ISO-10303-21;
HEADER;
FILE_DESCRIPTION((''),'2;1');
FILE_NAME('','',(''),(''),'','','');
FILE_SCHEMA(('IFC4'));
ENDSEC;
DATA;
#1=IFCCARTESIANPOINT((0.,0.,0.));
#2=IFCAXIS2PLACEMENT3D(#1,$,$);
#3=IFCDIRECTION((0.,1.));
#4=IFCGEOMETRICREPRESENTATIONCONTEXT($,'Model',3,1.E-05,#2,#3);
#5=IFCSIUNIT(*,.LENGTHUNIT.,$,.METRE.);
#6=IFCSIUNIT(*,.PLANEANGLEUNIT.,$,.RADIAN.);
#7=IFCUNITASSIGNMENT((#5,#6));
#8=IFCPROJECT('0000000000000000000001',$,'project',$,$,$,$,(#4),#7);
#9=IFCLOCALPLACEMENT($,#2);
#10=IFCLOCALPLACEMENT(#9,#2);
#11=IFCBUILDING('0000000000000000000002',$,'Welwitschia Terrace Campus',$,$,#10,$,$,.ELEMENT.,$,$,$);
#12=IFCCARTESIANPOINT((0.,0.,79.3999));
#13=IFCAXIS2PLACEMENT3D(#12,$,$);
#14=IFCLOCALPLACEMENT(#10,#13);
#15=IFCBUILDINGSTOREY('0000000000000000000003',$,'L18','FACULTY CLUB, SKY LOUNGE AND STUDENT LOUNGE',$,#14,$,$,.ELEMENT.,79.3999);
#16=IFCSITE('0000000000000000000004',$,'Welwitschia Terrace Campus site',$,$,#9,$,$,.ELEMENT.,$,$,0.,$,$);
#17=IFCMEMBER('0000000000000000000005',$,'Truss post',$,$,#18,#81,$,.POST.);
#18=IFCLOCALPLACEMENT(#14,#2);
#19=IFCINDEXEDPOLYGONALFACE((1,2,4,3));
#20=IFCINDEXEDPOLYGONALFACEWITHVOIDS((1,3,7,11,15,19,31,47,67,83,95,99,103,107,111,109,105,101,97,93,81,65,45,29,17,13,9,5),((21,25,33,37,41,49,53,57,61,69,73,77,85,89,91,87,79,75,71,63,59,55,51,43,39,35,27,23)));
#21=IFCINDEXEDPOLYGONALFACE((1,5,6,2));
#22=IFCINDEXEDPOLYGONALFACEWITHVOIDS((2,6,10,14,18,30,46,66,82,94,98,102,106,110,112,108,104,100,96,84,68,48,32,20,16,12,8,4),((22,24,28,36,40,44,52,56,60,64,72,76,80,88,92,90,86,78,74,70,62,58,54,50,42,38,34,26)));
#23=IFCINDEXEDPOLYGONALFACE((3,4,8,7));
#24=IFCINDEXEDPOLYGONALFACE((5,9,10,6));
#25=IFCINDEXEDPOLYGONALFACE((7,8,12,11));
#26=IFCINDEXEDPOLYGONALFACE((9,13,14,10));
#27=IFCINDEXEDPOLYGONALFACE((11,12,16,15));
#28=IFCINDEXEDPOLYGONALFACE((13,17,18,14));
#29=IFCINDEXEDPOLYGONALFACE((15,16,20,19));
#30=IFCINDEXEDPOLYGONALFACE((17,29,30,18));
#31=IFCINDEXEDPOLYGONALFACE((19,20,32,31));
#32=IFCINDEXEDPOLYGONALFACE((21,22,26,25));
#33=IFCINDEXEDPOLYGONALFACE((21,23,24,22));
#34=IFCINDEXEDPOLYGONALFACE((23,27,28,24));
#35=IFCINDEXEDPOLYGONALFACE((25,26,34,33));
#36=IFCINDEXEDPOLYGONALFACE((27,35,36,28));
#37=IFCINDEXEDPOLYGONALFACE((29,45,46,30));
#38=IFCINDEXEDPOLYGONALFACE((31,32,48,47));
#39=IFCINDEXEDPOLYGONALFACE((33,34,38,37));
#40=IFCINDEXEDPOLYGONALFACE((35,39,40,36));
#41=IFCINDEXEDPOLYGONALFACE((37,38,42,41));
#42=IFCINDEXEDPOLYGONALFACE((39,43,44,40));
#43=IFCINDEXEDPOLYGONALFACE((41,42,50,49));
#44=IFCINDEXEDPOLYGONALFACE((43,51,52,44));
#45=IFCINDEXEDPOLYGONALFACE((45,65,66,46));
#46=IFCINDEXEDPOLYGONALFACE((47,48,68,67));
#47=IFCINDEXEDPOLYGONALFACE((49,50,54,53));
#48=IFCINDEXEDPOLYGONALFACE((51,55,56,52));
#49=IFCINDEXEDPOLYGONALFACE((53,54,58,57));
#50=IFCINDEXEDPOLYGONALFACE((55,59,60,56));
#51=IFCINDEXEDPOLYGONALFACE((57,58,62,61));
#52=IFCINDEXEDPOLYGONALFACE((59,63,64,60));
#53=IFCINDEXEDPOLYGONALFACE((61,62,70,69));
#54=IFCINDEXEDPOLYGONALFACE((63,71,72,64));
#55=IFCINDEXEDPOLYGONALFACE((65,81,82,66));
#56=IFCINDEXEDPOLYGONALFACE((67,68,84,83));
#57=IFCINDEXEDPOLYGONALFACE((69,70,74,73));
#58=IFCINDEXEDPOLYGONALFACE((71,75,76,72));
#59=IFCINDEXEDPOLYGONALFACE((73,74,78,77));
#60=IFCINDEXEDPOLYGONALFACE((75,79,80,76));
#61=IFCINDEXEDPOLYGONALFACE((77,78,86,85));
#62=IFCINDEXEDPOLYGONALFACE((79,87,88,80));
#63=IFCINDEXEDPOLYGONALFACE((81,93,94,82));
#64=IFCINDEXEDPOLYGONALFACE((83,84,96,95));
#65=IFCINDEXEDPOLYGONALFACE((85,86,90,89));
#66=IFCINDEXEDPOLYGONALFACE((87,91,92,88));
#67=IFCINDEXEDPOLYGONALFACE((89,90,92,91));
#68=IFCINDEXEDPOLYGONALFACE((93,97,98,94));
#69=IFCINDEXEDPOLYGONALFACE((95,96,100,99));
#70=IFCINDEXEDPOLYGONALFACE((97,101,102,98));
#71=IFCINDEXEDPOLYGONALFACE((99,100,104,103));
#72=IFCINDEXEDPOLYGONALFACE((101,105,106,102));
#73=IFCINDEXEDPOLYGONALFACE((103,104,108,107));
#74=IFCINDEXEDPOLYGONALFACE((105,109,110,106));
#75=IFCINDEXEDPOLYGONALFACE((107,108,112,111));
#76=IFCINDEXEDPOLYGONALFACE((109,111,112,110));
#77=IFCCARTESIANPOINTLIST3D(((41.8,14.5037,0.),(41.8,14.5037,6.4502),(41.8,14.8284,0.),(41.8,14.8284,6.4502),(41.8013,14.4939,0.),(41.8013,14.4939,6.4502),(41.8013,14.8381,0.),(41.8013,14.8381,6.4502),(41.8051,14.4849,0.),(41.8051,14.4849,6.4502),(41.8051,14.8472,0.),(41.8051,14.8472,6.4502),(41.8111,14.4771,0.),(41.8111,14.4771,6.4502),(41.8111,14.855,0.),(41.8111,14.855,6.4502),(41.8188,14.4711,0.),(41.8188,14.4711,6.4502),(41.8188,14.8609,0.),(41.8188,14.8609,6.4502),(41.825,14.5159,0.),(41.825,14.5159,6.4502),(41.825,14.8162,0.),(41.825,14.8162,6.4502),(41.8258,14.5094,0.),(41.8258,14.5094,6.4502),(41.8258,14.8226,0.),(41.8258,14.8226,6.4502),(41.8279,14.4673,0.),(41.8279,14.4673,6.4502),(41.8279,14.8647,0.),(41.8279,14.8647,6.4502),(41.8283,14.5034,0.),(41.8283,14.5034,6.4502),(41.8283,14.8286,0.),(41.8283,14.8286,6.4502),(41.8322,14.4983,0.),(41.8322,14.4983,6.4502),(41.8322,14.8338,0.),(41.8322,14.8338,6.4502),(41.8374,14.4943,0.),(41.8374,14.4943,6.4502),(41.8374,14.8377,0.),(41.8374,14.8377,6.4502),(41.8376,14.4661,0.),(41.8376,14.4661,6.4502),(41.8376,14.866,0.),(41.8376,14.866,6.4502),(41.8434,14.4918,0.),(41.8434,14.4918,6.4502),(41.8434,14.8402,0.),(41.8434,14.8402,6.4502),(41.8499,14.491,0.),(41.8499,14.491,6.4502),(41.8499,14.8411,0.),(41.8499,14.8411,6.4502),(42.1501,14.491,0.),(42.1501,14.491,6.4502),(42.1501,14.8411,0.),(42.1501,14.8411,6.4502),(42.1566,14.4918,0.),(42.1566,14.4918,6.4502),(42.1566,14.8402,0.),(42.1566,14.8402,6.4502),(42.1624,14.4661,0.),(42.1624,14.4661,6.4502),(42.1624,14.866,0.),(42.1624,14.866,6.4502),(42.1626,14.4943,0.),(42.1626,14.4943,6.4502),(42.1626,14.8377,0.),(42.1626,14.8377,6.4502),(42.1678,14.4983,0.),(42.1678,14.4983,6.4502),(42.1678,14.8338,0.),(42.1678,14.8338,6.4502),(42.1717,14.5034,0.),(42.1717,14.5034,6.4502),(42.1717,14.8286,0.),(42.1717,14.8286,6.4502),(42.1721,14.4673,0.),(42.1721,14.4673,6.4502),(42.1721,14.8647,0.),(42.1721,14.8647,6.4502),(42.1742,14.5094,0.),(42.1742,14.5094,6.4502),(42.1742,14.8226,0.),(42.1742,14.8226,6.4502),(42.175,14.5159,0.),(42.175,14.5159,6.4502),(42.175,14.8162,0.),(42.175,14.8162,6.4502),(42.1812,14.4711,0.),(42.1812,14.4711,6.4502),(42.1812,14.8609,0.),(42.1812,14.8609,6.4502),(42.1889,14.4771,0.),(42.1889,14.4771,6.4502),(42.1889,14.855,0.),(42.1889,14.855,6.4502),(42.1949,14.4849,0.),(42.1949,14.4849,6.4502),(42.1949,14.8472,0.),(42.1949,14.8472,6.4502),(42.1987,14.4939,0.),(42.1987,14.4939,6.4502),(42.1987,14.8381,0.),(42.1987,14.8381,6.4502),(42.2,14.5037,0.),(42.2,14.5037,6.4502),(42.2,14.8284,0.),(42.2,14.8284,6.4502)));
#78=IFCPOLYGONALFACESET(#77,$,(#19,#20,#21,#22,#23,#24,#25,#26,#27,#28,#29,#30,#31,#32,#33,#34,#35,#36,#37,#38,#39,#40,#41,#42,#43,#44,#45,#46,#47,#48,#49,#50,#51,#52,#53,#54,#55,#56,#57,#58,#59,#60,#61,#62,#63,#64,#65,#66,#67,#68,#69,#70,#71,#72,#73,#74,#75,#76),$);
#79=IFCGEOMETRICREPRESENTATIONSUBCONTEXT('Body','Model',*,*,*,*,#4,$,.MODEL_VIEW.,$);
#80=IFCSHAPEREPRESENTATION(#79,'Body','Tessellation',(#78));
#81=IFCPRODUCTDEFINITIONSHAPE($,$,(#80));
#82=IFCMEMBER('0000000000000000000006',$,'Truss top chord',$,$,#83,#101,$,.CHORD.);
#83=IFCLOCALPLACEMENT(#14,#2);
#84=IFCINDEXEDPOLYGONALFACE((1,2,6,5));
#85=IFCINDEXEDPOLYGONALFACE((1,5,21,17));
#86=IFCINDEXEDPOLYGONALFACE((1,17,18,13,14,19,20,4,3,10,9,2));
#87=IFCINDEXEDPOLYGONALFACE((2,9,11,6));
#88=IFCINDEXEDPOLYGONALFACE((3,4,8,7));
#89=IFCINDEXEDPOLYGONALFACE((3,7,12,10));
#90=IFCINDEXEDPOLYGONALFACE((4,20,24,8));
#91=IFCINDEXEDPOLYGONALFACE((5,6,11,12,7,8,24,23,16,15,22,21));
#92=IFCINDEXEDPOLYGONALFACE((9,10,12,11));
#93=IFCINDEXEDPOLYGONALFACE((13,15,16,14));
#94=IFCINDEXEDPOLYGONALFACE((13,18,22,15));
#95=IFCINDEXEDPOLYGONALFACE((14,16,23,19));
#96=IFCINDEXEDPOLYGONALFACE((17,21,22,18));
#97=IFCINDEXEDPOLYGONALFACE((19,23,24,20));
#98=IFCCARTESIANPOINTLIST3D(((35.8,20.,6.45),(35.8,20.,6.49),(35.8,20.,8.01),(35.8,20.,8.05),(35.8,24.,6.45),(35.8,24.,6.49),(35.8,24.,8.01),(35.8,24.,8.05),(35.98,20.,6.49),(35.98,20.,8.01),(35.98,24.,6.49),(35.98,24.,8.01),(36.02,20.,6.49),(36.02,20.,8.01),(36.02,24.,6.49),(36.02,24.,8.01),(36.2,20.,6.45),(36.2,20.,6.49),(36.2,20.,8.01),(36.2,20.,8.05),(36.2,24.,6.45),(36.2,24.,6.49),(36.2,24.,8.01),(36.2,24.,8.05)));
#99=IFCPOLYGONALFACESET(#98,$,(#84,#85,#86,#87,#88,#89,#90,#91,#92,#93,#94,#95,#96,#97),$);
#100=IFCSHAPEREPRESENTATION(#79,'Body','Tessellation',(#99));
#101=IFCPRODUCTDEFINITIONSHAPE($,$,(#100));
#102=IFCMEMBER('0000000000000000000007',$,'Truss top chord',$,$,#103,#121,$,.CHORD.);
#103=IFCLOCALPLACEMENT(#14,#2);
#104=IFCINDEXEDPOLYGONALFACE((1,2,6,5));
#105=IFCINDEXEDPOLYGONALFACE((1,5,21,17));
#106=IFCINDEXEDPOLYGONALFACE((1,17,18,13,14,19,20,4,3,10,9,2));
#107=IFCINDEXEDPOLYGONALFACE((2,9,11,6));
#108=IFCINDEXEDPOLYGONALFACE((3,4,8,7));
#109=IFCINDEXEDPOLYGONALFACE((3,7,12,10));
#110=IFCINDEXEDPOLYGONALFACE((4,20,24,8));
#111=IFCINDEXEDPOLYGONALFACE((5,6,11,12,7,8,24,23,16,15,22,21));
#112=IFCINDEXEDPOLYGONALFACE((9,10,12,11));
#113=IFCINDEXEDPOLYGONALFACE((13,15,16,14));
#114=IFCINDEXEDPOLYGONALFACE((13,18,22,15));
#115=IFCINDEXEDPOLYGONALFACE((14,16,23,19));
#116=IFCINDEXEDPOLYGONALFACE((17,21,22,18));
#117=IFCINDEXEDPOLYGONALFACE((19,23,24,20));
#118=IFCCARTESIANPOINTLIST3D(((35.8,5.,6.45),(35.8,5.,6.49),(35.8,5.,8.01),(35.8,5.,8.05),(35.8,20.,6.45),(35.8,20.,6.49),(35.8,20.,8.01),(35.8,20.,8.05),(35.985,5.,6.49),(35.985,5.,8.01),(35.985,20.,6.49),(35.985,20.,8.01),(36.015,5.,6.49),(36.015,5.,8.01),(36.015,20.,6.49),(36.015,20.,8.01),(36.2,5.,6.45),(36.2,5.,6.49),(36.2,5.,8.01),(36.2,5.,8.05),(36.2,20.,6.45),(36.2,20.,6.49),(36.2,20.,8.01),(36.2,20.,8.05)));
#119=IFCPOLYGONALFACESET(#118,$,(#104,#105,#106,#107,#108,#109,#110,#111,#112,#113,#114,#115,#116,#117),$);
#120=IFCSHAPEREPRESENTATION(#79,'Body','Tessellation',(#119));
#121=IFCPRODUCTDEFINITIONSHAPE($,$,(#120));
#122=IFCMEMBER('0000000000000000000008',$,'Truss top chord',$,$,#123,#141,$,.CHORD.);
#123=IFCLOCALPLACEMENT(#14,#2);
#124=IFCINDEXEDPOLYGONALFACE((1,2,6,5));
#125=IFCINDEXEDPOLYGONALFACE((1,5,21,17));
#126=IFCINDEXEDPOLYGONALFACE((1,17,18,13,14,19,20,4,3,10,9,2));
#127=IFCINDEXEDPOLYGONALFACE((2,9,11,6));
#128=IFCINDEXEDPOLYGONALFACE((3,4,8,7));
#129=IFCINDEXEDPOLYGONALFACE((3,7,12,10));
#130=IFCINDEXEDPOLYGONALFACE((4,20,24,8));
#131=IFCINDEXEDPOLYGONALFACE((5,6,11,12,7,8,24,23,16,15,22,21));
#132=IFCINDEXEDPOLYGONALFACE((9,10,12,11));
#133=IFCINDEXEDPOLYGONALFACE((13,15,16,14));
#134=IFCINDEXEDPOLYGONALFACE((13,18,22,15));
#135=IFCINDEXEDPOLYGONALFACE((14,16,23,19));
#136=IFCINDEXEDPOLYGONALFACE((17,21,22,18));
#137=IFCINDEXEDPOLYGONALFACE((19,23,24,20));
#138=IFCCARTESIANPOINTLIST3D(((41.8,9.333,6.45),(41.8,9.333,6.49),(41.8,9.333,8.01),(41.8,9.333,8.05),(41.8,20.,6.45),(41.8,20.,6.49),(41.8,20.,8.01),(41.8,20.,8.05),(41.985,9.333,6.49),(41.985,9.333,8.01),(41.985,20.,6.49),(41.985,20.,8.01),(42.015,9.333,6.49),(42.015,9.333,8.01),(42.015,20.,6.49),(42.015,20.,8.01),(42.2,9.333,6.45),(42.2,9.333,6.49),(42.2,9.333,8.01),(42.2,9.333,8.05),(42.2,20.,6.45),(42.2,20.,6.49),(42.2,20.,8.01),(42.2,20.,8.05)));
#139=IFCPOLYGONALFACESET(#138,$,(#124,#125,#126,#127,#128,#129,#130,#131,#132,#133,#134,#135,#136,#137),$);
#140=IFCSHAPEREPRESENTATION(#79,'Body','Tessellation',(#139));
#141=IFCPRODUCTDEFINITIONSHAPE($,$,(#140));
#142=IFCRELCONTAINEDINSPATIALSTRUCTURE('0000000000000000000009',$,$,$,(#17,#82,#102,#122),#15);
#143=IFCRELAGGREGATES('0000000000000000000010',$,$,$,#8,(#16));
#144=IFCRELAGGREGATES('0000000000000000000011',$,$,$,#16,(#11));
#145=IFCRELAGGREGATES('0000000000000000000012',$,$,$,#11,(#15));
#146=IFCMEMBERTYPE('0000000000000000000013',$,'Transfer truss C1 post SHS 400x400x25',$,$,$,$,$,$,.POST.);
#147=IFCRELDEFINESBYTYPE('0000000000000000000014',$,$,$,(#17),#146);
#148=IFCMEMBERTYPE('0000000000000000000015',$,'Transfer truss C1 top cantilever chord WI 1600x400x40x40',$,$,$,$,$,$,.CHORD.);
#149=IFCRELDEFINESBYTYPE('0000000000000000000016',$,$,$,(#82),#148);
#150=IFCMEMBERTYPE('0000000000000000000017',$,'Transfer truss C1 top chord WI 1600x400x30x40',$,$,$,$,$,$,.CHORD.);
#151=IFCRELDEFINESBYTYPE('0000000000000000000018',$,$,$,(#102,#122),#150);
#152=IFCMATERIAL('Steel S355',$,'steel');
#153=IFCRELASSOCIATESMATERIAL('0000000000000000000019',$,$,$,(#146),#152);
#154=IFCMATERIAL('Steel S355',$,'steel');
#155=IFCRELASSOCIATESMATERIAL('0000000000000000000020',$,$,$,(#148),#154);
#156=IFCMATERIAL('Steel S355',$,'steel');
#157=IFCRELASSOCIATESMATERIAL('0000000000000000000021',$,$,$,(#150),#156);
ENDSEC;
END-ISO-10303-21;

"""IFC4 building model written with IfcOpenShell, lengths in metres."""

from ifc_helpers import new_model, si_unit, direction, frame, origin, origin_2d, place, context, subcontext, project, spatial, hollow_rectangle, i_section, extrude, material, material_profile, profile_set, type_object, element, save


model = new_model("IFC4")

# Units and contexts
model_context = context("Model", 3, precision=1e-05, world=origin(), true_north=direction((0.0, 1.0)))
body_context = subcontext(model_context, "Body", "Model", "MODEL_VIEW")
ifc_project = project(units=[si_unit("LENGTHUNIT", "METRE"), si_unit("PLANEANGLEUNIT", "RADIAN")], contexts=[model_context])

# Site, building, storey
site_placement = place(None, origin())
site = spatial("IfcSite", under=ifc_project, at=site_placement, Name="Welwitschia Terrace Campus site", CompositionType="ELEMENT", RefElevation=0.0)
building_placement = place(site_placement, origin())
building = spatial("IfcBuilding", under=site, at=building_placement, Name="Welwitschia Terrace Campus", CompositionType="ELEMENT")
storey_placement = place(building_placement, frame((0.0, 0.0, 79.3999)))
storey = spatial("IfcBuildingStorey", under=building, at=storey_placement, Name="L18", Description="FACULTY CLUB, SKY LOUNGE AND STUDENT LOUNGE", CompositionType="ELEMENT", Elevation=79.3999)

# Members
ifc_material_1 = material(Name="Steel S355", Category="steel")
ifc_material_profile_1 = material_profile(ifc_material_1, hollow_rectangle(XDim=0.3999, YDim=0.3999, WallThickness=0.0249, InnerFilletRadius=0.0249, OuterFilletRadius=0.0376, at=origin_2d()))
ifc_profile_set_1 = profile_set([ifc_material_profile_1], Name="Steel S355")
member_type_1 = type_object("IfcMemberType", Name="Transfer truss C1 post SHS 400x400x25", PredefinedType="POST", material=ifc_profile_set_1)
for number, where, z_axis, x_axis, name in (
    (1, (42.0, 14.666, 0.0), (0.0, 0.0, 1.0), (1.0, 0.0, 0.0), "Truss post"),
):
    element("IfcMember", number, at=place(storey_placement, frame(where, z_axis=z_axis, x_axis=x_axis)), inside=storey, type_object=member_type_1, Name=name, PredefinedType="POST", context=body_context, shape_type="SweptSolid", body=[
        extrude(hollow_rectangle(XDim=0.3999, YDim=0.3999, WallThickness=0.0249, InnerFilletRadius=0.0249, OuterFilletRadius=0.0376, at=origin_2d()), origin(), (0.0, 0.0, 1.0), 6.4502),
    ])
ifc_material_2 = material(Name="Steel S355", Category="steel")
ifc_material_profile_2 = material_profile(ifc_material_2, i_section(OverallWidth=0.3999, OverallDepth=1.6001, WebThickness=0.04, FlangeThickness=0.04, at=origin_2d()))
ifc_profile_set_2 = profile_set([ifc_material_profile_2], Name="Steel S355")
member_type_2 = type_object("IfcMemberType", Name="Transfer truss C1 top cantilever chord WI 1600x400x40x40", PredefinedType="CHORD", material=ifc_profile_set_2)
member_1_placement = place(storey_placement, frame((36.0, 20.0, 7.25), z_axis=(0.0, 1.0, 0.0), x_axis=(-1.0, 0.0, 0.0)))
element("IfcMember", 2, at=member_1_placement, inside=storey, type_object=member_type_2, Name="Truss top chord", PredefinedType="CHORD", context=body_context, shape_type="SweptSolid", body=[
    extrude(i_section(OverallWidth=0.3999, OverallDepth=1.6001, WebThickness=0.04, FlangeThickness=0.04, at=origin_2d()), origin(), (0.0, 0.0, 1.0), 4.0),
])
ifc_material_3 = material(Name="Steel S355", Category="steel")
ifc_material_profile_3 = material_profile(ifc_material_3, i_section(OverallWidth=0.3999, OverallDepth=1.6001, WebThickness=0.03, FlangeThickness=0.04, at=origin_2d()))
ifc_profile_set_3 = profile_set([ifc_material_profile_3], Name="Steel S355")
member_type_3 = type_object("IfcMemberType", Name="Transfer truss C1 top chord WI 1600x400x30x40", PredefinedType="CHORD", material=ifc_profile_set_3)
member_2_placement = place(storey_placement, frame((36.0, 5.0, 7.25), z_axis=(0.0, 1.0, 0.0), x_axis=(-1.0, 0.0, 0.0)))
element("IfcMember", 3, at=member_2_placement, inside=storey, type_object=member_type_3, Name="Truss top chord", PredefinedType="CHORD", context=body_context, shape_type="SweptSolid", body=[
    extrude(i_section(OverallWidth=0.3999, OverallDepth=1.6001, WebThickness=0.03, FlangeThickness=0.04, at=origin_2d()), origin(), (0.0, 0.0, 1.0), 15.0),
])
member_3_placement = place(storey_placement, frame((42.0, 9.333, 7.25), z_axis=(0.0, 1.0, 0.0), x_axis=(-1.0, 0.0, 0.0)))
element("IfcMember", 4, at=member_3_placement, inside=storey, type_object=member_type_3, Name="Truss top chord", PredefinedType="CHORD", context=body_context, shape_type="SweptSolid", body=[
    extrude(i_section(OverallWidth=0.3999, OverallDepth=1.6001, WebThickness=0.03, FlangeThickness=0.04, at=origin_2d()), origin(), (0.0, 0.0, 1.0), 10.667),
])

save(model, "model.ifc")
